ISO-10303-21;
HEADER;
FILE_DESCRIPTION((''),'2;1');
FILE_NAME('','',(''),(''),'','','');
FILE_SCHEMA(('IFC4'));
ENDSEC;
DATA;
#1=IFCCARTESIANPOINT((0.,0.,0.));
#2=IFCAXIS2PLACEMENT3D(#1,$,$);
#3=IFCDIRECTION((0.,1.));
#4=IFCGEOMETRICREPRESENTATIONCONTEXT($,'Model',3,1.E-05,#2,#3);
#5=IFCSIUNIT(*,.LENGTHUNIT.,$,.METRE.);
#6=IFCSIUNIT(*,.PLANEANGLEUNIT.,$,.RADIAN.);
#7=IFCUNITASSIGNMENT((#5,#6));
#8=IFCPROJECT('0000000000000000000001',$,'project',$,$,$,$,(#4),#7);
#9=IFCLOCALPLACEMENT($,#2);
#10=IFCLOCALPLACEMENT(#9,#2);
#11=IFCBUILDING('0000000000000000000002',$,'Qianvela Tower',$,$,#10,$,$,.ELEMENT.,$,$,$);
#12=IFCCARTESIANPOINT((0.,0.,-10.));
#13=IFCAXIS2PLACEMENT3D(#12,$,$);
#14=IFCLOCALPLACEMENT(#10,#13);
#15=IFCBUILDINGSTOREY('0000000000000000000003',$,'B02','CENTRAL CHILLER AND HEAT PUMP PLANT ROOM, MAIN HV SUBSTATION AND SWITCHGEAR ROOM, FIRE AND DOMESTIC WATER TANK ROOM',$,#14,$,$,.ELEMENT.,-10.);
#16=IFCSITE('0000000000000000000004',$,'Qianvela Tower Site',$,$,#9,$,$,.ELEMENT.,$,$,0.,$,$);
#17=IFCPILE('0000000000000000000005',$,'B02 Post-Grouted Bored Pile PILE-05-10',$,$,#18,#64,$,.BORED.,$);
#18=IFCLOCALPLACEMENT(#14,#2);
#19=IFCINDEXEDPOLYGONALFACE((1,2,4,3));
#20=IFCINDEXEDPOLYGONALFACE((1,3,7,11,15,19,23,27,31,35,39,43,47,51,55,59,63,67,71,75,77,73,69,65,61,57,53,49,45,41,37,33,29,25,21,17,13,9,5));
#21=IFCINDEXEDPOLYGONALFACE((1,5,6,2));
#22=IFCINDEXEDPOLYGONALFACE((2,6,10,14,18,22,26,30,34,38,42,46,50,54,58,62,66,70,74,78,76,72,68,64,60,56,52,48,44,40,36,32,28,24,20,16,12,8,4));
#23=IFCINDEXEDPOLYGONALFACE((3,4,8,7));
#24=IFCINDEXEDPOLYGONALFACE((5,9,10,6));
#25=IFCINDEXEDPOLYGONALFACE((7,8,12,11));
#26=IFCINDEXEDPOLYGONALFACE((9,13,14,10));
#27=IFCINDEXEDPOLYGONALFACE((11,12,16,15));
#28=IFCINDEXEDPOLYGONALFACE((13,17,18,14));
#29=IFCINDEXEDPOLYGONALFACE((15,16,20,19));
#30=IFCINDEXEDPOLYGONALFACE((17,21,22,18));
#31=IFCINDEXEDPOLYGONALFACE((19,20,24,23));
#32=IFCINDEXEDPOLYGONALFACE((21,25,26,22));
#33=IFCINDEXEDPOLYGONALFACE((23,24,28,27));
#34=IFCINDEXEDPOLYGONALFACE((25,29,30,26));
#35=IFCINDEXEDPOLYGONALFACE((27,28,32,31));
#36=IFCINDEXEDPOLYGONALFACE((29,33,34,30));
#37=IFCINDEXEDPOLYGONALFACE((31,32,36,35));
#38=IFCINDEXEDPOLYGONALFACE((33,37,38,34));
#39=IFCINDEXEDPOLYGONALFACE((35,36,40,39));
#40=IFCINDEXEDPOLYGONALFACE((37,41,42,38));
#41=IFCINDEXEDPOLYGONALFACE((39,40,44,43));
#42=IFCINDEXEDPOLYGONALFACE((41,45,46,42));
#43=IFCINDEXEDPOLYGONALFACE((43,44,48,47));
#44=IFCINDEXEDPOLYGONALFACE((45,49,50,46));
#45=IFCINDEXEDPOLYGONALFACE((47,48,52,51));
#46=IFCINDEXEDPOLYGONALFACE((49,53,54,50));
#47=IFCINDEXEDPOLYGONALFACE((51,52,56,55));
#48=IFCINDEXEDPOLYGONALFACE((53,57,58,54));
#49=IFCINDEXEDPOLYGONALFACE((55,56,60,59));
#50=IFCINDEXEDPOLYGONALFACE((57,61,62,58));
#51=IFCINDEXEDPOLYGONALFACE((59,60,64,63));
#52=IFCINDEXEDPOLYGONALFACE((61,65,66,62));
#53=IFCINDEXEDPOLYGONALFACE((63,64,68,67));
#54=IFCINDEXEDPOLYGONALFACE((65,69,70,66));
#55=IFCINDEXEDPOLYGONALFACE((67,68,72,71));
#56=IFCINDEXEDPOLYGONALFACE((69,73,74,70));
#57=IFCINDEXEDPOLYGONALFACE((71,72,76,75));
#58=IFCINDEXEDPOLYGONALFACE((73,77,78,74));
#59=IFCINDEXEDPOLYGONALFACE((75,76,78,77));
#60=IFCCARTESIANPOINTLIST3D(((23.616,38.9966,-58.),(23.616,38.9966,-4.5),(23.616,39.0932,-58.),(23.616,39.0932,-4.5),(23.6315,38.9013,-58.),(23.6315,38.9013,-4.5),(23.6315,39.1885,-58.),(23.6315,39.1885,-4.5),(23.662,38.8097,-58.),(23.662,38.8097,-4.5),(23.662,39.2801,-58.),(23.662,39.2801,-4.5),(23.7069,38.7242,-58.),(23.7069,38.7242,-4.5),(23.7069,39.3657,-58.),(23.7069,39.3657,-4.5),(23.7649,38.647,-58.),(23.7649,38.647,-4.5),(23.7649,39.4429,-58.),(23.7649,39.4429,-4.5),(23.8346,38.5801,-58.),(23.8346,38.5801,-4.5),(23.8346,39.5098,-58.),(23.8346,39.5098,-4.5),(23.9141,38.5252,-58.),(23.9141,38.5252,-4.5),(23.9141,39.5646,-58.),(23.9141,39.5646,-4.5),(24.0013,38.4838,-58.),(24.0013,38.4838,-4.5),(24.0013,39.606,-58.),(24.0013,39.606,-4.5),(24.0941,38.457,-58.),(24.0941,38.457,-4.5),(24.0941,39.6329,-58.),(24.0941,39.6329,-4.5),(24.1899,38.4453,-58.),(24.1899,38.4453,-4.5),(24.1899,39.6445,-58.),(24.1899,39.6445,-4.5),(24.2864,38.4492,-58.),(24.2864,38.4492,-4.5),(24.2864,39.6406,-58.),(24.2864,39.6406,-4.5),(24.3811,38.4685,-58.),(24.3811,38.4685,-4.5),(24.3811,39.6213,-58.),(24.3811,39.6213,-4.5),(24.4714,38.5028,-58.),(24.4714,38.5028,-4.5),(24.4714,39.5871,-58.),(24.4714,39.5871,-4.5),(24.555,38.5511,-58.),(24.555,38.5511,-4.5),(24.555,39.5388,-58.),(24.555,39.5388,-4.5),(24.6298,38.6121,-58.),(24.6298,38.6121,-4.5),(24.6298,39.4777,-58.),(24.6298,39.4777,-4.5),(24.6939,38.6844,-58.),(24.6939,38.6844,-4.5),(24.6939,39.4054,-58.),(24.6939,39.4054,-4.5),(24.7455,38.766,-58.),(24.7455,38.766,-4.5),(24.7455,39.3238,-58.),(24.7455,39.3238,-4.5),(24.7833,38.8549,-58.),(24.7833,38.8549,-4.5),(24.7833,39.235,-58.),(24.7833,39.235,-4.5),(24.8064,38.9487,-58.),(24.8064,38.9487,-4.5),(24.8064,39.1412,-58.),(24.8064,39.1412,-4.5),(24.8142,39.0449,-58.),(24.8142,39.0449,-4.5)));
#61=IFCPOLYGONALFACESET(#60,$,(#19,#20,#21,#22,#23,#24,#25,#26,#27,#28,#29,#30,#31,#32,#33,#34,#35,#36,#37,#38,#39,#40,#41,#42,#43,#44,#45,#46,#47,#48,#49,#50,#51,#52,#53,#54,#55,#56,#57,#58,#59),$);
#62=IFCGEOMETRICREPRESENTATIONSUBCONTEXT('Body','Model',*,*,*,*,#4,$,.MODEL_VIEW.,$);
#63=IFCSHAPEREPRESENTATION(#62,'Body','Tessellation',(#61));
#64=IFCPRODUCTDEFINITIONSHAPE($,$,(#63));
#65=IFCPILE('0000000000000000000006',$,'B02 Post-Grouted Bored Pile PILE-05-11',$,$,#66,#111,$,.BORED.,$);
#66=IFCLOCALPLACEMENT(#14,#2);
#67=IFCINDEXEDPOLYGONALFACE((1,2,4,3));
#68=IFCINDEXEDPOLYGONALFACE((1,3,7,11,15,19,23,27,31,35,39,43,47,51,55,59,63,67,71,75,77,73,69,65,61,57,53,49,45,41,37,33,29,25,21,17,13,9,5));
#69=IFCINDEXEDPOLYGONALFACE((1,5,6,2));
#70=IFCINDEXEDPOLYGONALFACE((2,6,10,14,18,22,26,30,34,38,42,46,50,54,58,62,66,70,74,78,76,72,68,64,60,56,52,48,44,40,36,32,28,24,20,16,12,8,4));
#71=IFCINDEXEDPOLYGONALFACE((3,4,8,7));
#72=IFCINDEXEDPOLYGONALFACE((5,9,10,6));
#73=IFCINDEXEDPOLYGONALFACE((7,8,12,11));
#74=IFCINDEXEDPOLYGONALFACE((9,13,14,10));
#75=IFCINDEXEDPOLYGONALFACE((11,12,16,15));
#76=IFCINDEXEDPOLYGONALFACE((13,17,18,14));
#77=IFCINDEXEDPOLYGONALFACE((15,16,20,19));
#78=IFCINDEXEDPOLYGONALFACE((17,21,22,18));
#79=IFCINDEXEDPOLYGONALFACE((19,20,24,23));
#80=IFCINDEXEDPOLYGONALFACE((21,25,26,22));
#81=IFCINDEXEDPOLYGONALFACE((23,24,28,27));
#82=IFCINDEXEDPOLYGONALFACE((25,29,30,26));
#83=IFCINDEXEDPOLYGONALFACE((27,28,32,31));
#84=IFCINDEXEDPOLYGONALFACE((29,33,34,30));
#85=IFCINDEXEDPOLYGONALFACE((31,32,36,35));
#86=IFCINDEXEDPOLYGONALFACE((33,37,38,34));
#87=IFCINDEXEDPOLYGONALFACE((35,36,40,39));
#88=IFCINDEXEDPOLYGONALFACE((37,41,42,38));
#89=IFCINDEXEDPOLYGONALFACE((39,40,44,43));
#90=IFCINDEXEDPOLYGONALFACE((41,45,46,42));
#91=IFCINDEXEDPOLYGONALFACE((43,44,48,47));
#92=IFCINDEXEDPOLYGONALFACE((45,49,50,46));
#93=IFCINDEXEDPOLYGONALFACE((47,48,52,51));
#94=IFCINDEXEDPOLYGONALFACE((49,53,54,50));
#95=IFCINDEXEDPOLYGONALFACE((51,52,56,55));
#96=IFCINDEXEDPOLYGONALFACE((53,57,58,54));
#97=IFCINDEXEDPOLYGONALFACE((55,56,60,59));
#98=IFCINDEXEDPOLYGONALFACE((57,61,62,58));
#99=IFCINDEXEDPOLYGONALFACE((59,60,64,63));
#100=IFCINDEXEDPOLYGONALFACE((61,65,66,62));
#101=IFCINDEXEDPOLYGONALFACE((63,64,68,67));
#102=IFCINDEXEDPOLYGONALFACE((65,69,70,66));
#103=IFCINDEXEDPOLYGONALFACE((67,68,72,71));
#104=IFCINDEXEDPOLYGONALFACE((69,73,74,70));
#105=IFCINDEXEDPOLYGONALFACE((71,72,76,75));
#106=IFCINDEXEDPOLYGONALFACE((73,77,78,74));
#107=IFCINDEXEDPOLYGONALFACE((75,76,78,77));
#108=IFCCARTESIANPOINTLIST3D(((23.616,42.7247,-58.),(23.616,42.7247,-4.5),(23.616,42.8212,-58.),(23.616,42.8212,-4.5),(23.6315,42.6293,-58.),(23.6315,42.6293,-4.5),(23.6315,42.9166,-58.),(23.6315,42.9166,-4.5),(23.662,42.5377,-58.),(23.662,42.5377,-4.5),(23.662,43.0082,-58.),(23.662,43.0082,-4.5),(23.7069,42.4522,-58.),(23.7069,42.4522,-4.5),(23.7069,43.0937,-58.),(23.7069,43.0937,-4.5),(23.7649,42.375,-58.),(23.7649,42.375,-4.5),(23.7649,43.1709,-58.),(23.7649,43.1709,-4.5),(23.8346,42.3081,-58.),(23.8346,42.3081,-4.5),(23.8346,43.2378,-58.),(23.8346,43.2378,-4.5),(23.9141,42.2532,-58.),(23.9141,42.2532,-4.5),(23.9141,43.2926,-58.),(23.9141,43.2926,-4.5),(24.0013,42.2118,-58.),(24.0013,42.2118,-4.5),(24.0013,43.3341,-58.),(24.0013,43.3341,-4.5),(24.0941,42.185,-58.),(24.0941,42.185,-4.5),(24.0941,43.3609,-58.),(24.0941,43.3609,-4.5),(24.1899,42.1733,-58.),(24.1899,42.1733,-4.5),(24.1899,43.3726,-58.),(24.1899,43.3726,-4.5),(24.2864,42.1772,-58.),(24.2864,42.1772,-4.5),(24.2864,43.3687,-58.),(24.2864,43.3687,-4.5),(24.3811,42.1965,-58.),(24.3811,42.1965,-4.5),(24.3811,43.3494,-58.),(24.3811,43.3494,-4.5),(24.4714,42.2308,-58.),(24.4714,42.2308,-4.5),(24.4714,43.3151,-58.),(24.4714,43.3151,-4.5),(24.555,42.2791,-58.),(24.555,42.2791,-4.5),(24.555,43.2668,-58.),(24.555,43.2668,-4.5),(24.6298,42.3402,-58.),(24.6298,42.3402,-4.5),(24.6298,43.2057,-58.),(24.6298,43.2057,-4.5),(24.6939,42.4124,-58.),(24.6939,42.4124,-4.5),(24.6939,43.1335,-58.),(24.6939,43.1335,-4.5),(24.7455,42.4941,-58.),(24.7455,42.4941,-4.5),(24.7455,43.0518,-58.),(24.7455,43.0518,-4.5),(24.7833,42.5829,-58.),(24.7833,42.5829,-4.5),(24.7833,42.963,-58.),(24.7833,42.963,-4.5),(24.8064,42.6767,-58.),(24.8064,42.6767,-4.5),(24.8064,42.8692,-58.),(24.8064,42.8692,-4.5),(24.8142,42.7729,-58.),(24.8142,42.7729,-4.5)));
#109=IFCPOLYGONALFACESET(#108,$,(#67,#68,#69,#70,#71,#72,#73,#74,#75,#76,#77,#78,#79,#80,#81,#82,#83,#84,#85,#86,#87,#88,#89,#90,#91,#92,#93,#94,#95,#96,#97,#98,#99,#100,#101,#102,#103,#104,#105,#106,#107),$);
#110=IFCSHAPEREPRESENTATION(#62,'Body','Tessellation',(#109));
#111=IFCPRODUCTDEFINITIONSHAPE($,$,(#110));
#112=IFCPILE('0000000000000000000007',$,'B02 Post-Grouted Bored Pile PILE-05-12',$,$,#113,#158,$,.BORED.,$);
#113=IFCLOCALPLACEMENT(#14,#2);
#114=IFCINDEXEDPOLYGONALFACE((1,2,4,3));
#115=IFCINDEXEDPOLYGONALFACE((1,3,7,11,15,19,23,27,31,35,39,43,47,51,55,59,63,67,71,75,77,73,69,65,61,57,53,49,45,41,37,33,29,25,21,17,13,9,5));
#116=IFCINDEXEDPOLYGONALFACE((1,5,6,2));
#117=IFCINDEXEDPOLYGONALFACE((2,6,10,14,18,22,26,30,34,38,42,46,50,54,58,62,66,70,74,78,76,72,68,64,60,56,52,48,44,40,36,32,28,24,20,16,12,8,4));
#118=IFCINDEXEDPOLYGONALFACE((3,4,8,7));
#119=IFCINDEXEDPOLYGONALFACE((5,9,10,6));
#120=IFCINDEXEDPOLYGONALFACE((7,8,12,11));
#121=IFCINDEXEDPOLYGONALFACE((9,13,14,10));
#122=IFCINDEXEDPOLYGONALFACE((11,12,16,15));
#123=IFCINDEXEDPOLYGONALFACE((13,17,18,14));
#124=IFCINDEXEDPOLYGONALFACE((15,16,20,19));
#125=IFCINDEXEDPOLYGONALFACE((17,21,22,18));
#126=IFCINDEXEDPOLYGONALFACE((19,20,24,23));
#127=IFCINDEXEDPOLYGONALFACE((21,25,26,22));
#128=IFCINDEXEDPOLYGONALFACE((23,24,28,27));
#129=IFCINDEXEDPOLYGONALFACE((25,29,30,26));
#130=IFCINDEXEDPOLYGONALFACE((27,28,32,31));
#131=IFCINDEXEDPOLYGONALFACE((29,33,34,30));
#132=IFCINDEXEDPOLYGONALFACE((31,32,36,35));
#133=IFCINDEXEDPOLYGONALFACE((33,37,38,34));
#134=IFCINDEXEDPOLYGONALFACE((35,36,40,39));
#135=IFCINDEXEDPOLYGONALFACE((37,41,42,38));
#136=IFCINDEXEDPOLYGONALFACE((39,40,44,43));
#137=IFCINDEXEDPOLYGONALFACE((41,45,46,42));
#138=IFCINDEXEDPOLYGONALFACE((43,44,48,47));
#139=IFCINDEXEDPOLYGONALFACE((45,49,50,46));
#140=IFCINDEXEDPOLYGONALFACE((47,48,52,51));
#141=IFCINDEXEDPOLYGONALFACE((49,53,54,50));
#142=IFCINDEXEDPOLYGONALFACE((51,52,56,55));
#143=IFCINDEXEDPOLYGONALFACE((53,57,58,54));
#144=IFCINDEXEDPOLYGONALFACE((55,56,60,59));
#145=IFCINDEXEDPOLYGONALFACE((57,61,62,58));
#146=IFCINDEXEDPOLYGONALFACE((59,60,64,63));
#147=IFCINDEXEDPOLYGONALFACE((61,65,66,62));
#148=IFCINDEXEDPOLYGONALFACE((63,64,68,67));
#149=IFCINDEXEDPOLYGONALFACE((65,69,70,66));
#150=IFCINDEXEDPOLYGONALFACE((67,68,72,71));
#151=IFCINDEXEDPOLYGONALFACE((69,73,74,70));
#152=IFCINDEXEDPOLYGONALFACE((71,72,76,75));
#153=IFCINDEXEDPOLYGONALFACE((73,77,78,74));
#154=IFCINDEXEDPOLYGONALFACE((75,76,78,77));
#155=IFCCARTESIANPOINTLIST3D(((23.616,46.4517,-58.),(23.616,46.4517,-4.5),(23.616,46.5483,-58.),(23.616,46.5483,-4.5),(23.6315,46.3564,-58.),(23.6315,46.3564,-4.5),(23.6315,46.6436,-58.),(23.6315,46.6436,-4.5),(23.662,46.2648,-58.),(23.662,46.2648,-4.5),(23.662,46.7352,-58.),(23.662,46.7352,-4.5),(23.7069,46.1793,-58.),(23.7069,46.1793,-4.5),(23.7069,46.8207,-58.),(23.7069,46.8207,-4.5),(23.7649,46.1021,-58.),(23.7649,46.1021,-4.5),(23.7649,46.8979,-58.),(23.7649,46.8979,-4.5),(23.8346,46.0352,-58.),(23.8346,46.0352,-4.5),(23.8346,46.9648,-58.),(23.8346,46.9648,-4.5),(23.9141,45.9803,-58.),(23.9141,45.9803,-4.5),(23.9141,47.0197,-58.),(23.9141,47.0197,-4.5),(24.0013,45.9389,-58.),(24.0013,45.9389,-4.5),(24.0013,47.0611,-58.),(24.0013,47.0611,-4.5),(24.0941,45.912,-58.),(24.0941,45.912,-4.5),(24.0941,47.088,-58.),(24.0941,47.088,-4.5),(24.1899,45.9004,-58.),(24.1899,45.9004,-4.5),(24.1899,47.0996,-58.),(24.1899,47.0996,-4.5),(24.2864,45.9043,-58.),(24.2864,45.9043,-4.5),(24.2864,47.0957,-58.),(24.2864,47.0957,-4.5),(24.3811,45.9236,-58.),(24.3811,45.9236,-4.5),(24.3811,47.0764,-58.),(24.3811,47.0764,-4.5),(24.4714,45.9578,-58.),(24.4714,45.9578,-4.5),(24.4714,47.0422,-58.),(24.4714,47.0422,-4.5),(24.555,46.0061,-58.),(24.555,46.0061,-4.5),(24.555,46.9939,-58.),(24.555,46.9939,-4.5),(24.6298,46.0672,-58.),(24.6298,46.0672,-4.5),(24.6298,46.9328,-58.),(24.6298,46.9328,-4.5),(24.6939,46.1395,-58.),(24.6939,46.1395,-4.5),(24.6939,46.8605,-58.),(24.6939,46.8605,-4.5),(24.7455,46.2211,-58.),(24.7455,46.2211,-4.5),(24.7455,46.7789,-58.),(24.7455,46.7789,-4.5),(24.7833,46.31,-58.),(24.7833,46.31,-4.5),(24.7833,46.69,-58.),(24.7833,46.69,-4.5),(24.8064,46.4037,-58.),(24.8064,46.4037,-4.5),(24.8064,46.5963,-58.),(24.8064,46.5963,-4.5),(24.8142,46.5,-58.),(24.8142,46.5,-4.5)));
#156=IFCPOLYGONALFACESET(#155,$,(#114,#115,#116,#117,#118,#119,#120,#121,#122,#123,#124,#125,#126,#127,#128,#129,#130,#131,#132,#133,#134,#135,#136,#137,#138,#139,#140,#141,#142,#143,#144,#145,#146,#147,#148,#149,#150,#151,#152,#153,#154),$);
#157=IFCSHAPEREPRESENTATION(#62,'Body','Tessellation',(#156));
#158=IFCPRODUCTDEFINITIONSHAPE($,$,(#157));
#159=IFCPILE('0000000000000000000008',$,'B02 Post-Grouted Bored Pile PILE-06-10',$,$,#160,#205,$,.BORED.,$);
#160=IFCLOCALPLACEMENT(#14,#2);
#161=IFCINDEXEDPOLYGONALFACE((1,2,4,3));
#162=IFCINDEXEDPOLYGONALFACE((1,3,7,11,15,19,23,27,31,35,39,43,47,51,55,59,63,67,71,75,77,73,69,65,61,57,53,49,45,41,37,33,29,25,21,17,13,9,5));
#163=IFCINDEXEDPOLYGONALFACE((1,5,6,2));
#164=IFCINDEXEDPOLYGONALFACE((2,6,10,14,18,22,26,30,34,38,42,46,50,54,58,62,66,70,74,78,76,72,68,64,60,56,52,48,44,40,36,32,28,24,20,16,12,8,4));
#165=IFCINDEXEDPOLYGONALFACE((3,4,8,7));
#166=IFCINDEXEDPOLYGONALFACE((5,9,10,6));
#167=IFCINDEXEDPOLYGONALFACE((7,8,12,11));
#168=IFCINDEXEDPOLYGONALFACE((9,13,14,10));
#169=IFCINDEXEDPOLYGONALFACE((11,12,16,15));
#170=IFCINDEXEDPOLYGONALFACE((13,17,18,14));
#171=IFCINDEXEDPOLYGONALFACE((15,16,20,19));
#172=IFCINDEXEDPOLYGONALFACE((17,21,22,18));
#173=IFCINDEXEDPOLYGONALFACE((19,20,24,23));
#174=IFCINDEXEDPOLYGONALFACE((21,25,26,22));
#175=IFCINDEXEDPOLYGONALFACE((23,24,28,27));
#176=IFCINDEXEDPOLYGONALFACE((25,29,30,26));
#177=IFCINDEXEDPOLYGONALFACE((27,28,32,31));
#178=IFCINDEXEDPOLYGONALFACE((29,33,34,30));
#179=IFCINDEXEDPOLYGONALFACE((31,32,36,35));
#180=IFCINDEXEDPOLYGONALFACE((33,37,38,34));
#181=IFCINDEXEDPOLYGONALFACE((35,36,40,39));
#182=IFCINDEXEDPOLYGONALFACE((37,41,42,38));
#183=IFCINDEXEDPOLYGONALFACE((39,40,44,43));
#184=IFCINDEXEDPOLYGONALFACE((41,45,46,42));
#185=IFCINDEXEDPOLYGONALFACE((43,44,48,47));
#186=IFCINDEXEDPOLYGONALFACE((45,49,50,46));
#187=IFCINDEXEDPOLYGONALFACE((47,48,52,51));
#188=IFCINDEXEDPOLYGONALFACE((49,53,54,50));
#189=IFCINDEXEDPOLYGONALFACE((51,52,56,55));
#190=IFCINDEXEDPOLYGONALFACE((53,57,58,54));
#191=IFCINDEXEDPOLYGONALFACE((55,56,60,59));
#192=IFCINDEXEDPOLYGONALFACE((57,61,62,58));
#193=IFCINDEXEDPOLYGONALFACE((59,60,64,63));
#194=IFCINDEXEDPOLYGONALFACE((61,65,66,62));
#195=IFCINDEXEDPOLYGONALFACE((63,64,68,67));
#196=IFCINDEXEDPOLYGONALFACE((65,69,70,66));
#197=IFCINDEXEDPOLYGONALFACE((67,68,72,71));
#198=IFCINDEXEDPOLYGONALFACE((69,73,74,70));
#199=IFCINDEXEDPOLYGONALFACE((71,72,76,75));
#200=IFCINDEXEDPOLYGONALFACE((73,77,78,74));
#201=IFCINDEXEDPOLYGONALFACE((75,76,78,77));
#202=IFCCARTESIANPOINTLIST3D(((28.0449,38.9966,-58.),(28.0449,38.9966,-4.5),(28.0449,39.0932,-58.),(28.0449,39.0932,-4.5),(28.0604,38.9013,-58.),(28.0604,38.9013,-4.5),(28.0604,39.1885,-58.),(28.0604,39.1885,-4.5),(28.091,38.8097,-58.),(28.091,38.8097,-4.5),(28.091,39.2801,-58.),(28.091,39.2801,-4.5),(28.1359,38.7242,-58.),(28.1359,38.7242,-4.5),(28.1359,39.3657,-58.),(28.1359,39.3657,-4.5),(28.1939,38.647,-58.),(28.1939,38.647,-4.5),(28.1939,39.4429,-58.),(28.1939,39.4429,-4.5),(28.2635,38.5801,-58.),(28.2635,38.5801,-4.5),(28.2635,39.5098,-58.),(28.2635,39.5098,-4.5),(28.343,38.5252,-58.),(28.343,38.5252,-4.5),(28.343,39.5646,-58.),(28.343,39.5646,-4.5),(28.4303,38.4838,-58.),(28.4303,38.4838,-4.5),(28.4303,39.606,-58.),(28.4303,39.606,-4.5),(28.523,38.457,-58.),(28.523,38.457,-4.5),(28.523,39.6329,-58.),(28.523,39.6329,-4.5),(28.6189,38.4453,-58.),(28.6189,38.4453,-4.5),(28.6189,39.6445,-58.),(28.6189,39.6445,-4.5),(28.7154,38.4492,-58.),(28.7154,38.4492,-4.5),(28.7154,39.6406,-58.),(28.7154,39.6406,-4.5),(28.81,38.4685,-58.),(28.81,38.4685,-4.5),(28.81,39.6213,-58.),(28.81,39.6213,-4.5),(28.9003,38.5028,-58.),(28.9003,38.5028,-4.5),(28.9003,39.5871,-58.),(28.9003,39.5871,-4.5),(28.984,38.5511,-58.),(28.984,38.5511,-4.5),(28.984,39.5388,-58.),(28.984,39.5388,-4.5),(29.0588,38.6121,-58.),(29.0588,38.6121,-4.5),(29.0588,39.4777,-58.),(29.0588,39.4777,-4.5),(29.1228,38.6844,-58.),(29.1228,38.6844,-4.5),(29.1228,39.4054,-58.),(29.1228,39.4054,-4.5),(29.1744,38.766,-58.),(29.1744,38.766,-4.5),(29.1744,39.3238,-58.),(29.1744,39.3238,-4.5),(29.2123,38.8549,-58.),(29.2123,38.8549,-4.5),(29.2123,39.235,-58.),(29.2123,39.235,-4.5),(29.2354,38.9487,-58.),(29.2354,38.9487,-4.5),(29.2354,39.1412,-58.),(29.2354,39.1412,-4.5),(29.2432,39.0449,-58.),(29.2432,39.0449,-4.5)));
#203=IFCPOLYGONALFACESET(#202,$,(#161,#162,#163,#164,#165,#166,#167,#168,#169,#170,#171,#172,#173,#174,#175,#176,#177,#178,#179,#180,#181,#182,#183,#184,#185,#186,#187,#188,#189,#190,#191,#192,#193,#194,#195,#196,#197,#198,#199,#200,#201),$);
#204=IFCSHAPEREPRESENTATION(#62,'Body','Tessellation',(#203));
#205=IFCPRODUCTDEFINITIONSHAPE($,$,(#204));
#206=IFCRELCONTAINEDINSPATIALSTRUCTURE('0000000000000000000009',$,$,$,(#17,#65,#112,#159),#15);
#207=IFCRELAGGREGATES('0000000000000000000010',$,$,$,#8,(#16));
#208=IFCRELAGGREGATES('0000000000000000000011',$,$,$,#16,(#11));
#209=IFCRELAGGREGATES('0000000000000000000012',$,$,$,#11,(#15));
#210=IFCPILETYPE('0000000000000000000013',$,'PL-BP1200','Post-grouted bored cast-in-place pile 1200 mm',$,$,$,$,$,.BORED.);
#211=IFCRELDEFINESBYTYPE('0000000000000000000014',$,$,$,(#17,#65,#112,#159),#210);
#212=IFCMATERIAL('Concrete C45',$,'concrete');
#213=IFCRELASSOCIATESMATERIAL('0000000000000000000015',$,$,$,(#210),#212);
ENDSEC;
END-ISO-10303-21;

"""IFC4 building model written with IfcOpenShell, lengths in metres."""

from ifc_helpers import new_model, si_unit, direction, frame, origin, origin_2d, place, context, subcontext, project, spatial, circle, extrude, material, material_profile, profile_set, type_object, element, save


model = new_model("IFC4")

# Units and contexts
model_context = context("Model", 3, precision=1e-05, world=origin(), true_north=direction((0.0, 1.0)))
body_context = subcontext(model_context, "Body", "Model", "MODEL_VIEW")
ifc_project = project(units=[si_unit("LENGTHUNIT", "METRE"), si_unit("PLANEANGLEUNIT", "RADIAN")], contexts=[model_context])

# Site, building, storey
site_placement = place(None, origin())
site = spatial("IfcSite", under=ifc_project, at=site_placement, Name="Qianvela Tower Site", CompositionType="ELEMENT", RefElevation=0.0)
building_placement = place(site_placement, origin())
building = spatial("IfcBuilding", under=site, at=building_placement, Name="Qianvela Tower", CompositionType="ELEMENT")
storey_placement = place(building_placement, frame((0.0, 0.0, -10.0)))
storey = spatial("IfcBuildingStorey", under=building, at=storey_placement, Name="B02", Description="CENTRAL CHILLER AND HEAT PUMP PLANT ROOM, MAIN HV SUBSTATION AND SWITCHGEAR ROOM, FIRE AND DOMESTIC WATER TANK ROOM", CompositionType="ELEMENT", Elevation=-10.0)

# Piles
ifc_material_1 = material(Name="Concrete C45", Category="concrete")
ifc_material_profile_1 = material_profile(ifc_material_1, circle(Radius=0.6001, at=origin_2d()), Name="BP-1200")
ifc_profile_set_1 = profile_set([ifc_material_profile_1], Name="Concrete C45")
pile_type = type_object("IfcPileType", Name="PL-BP1200", Description="Post-grouted bored cast-in-place pile 1200 mm", PredefinedType="BORED", material=ifc_profile_set_1)
for number, where, z_axis, x_axis, name in (
    (1, (24.2141, 39.0449, -4.5), (0.0, 0.0, -1.0), (1.0, 0.0, 0.0), "B02 Post-Grouted Bored Pile PILE-05-10"),
    (2, (24.2141, 42.7729, -4.5), (0.0, 0.0, -1.0), (1.0, 0.0, 0.0), "B02 Post-Grouted Bored Pile PILE-05-11"),
    (3, (24.2141, 46.5, -4.5), (0.0, 0.0, -1.0), (1.0, 0.0, 0.0), "B02 Post-Grouted Bored Pile PILE-05-12"),
    (4, (28.6431, 39.0449, -4.5), (0.0, 0.0, -1.0), (1.0, 0.0, 0.0), "B02 Post-Grouted Bored Pile PILE-06-10"),
):
    element("IfcPile", number, at=place(storey_placement, frame(where, z_axis=z_axis, x_axis=x_axis)), inside=storey, type_object=pile_type, Name=name, PredefinedType="BORED", context=body_context, shape_type="SweptSolid", body=[
        extrude(circle(Radius=0.6001, at=origin_2d()), origin(), (0.0, 0.0, 1.0), 53.5),
    ])

save(model, "model.ifc")
